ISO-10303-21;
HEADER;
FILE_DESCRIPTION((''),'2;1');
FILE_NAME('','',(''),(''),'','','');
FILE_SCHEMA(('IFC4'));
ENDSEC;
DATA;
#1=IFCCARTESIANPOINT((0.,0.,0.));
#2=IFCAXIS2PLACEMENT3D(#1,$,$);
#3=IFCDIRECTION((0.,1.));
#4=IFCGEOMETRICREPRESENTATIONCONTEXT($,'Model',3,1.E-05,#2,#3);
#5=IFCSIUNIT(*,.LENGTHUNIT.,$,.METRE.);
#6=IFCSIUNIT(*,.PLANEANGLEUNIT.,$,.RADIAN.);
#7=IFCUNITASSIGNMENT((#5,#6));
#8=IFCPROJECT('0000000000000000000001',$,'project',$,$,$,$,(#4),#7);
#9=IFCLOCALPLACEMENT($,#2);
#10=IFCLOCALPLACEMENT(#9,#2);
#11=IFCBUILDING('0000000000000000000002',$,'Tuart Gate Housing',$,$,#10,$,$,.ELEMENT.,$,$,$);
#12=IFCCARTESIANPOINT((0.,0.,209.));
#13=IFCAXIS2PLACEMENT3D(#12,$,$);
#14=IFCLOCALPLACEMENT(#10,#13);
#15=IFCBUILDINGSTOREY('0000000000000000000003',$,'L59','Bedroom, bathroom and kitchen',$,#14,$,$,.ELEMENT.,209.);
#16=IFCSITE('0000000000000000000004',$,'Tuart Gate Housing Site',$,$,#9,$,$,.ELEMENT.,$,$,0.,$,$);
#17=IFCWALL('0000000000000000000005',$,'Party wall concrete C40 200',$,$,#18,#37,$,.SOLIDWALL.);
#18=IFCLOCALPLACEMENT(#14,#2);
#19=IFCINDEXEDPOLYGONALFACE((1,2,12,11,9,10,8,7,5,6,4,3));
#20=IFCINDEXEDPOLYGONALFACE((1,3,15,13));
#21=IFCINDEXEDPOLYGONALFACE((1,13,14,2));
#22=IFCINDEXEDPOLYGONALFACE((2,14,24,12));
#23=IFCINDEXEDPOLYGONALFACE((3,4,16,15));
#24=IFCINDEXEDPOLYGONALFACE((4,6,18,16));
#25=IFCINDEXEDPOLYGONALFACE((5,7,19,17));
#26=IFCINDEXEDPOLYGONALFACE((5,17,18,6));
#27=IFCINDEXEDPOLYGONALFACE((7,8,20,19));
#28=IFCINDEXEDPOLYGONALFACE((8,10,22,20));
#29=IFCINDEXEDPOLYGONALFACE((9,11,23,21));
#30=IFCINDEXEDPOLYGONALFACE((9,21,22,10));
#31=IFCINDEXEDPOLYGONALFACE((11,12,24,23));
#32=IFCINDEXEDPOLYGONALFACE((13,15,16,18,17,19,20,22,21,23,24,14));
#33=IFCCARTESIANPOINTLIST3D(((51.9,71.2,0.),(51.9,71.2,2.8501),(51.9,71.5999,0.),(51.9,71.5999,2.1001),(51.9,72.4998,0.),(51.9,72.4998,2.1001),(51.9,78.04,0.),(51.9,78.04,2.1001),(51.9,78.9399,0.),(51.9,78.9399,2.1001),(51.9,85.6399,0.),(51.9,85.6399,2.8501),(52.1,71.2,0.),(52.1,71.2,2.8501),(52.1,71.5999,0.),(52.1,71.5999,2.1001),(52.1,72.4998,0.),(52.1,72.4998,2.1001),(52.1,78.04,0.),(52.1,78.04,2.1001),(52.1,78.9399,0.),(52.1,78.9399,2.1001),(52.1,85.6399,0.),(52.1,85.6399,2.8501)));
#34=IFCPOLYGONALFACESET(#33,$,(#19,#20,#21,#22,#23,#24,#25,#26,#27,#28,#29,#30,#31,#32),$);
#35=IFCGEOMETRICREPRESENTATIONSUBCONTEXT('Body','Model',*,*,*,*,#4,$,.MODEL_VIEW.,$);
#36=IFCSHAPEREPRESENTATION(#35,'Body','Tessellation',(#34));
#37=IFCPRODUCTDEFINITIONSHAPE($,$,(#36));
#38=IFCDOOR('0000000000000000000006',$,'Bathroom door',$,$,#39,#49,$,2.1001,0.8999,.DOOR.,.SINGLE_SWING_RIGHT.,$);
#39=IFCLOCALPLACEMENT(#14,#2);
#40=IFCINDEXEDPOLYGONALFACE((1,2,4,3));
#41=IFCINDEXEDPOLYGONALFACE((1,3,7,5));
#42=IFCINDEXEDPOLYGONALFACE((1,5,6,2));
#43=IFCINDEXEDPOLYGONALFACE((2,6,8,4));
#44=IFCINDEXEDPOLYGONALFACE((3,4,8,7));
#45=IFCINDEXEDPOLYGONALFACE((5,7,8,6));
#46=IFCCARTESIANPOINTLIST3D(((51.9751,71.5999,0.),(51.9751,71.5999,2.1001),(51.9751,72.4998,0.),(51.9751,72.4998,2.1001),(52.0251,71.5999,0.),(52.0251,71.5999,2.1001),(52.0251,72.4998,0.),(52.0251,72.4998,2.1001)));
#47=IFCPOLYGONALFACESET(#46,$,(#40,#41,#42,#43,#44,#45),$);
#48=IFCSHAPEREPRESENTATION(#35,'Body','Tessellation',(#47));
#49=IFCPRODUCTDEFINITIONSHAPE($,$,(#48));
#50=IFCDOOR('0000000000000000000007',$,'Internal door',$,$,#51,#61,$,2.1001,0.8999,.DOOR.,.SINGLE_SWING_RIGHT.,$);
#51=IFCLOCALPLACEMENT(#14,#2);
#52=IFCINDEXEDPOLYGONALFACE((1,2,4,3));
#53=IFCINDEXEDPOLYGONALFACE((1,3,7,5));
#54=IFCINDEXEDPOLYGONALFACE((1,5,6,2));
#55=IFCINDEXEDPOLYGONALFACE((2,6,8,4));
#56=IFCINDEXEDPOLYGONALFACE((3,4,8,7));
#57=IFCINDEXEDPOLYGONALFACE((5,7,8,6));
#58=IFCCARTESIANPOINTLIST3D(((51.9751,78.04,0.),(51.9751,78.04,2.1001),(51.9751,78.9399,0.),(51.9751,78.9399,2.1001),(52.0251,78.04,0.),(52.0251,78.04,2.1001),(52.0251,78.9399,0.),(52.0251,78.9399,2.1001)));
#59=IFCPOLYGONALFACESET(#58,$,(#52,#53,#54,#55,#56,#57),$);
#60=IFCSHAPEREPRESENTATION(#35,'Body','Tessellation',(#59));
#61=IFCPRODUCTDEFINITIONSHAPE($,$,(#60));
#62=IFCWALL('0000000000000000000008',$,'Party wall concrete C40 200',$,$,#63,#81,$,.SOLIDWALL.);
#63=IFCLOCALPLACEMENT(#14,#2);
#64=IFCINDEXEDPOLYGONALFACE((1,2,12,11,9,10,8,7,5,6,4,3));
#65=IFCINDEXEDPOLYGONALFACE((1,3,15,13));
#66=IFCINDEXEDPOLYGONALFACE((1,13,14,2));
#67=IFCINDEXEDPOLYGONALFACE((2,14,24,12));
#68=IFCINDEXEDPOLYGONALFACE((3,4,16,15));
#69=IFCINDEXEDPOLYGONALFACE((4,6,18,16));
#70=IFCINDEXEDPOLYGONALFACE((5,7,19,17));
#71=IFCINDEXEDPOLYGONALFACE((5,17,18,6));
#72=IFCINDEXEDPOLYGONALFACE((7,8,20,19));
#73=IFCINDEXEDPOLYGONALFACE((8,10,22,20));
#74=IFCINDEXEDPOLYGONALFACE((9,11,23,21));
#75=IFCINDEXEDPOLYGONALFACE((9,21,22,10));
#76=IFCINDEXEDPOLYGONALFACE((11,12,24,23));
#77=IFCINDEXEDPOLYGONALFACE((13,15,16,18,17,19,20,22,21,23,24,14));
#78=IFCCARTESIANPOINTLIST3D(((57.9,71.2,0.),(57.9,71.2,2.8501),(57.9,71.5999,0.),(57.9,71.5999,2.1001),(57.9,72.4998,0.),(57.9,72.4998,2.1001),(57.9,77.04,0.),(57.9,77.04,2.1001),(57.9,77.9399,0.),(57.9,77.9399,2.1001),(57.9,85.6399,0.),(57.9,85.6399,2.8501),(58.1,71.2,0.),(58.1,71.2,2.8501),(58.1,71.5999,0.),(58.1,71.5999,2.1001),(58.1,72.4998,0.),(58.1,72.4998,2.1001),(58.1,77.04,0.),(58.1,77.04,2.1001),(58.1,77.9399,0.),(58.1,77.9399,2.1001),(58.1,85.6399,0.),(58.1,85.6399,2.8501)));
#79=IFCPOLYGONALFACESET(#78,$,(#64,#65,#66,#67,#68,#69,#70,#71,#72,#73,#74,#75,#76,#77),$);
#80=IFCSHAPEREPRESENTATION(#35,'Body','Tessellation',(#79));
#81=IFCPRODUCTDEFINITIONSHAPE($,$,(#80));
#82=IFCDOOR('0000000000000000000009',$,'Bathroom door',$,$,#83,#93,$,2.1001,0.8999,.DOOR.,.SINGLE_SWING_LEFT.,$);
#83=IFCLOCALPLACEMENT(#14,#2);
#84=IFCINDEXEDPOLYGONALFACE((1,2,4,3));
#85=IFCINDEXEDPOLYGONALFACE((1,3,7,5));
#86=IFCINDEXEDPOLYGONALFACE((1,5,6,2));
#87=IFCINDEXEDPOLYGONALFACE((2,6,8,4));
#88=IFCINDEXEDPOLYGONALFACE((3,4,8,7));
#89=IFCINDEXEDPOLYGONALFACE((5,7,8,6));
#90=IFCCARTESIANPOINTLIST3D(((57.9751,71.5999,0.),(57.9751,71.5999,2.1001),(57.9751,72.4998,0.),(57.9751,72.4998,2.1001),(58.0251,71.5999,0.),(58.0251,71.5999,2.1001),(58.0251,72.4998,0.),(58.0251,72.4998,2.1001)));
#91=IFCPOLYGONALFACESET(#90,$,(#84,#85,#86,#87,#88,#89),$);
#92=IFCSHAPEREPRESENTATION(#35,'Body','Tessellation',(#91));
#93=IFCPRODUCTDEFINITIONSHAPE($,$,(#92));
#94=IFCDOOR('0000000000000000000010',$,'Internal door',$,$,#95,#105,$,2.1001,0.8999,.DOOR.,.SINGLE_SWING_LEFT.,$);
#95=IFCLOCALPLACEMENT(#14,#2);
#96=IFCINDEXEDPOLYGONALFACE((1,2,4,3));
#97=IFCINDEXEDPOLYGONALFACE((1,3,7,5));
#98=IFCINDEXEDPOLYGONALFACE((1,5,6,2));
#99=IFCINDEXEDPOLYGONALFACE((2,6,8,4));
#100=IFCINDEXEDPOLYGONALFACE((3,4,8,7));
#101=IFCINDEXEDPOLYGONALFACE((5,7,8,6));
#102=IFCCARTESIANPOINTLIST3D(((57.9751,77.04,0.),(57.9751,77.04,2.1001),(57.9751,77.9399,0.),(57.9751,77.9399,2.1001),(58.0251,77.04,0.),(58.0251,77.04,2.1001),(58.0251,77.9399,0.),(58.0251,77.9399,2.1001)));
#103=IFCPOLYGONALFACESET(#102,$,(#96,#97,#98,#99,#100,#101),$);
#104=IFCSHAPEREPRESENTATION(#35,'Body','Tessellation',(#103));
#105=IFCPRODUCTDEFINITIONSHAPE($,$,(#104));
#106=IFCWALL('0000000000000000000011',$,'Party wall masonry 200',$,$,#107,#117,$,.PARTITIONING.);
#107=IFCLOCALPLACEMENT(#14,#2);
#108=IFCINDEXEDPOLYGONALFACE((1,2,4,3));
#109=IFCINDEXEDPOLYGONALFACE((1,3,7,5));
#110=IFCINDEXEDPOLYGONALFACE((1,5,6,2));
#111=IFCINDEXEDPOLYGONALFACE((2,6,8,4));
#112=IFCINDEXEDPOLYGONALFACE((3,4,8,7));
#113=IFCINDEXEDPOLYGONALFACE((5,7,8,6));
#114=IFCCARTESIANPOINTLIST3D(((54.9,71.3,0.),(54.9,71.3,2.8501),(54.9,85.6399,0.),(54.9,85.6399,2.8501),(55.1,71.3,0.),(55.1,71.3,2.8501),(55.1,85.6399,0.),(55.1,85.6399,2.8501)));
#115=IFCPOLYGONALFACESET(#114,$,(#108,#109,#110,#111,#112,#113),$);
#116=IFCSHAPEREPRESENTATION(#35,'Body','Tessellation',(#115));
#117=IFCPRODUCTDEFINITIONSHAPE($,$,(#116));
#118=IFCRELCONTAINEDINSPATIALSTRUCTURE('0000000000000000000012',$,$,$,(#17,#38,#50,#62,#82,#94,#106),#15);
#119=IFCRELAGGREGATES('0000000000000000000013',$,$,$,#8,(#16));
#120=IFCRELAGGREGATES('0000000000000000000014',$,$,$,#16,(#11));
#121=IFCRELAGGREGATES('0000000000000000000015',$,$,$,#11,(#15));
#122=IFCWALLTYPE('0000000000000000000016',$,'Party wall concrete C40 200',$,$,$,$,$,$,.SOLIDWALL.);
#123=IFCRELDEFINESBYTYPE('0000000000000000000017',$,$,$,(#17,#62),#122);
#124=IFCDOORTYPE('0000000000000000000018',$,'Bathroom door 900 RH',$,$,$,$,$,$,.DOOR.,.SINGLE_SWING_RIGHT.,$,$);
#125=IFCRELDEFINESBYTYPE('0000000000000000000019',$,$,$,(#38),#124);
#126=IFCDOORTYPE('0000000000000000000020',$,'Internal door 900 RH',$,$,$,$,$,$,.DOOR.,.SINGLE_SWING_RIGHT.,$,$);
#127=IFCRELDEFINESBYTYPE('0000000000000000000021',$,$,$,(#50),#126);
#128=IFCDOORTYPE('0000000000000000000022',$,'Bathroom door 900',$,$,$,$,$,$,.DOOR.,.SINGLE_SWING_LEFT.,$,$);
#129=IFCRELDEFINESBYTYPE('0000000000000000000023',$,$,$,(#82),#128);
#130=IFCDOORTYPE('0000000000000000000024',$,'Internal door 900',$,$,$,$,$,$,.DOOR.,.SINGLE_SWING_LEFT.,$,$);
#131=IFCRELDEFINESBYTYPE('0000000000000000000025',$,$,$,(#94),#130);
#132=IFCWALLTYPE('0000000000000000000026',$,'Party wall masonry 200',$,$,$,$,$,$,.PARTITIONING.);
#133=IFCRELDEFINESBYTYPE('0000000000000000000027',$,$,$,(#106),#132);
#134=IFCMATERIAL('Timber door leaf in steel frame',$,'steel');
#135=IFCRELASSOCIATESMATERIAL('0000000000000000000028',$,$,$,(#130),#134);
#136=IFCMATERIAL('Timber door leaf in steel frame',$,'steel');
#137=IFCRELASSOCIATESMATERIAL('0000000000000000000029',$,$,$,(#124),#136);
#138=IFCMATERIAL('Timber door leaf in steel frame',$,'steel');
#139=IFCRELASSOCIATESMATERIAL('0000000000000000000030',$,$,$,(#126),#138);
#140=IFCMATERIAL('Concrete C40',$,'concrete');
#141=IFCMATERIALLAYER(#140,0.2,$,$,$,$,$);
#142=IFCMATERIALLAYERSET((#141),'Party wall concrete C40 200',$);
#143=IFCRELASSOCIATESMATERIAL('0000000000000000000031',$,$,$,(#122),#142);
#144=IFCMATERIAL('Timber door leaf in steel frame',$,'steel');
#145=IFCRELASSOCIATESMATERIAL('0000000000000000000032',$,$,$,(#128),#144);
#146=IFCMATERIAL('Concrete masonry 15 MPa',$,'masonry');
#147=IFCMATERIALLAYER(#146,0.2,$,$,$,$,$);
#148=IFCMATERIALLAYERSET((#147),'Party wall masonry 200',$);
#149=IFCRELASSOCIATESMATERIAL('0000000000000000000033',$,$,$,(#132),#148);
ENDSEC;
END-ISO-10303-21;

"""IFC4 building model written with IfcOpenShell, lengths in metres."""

from ifc_helpers import new_model, si_unit, direction, frame, frame_2d, origin, place, context, subcontext, project, spatial, rectangle, extrude, material, layer, layer_set, type_object, element, fill, save


model = new_model("IFC4")

# Units and contexts
model_context = context("Model", 3, precision=1e-05, world=origin(), true_north=direction((0.0, 1.0)))
body_context = subcontext(model_context, "Body", "Model", "MODEL_VIEW")
ifc_project = project(units=[si_unit("LENGTHUNIT", "METRE"), si_unit("PLANEANGLEUNIT", "RADIAN")], contexts=[model_context])

# Site, building, storey
site_placement = place(None, origin())
site = spatial("IfcSite", under=ifc_project, at=site_placement, Name="Tuart Gate Housing Site", CompositionType="ELEMENT", RefElevation=0.0)
building_placement = place(site_placement, origin())
building = spatial("IfcBuilding", under=site, at=building_placement, Name="Tuart Gate Housing", CompositionType="ELEMENT")
storey_placement = place(building_placement, frame((0.0, 0.0, 209.0)))
storey = spatial("IfcBuildingStorey", under=building, at=storey_placement, Name="L59", Description="Bedroom, bathroom and kitchen", CompositionType="ELEMENT", Elevation=209.0)

# Shared definitions
ifc_material_1 = material(Name="Timber door leaf in steel frame", Category="steel")
door_type_1 = type_object("IfcDoorType", Name="Internal door 900", OperationType="SINGLE_SWING_LEFT", PredefinedType="DOOR", material=ifc_material_1)

# Walls, openings, doors
ifc_material_2 = material(Name="Timber door leaf in steel frame", Category="steel")
door_type_2 = type_object("IfcDoorType", Name="Bathroom door 900 RH", OperationType="SINGLE_SWING_RIGHT", PredefinedType="DOOR", material=ifc_material_2)
ifc_material_3 = material(Name="Timber door leaf in steel frame", Category="steel")
door_type_3 = type_object("IfcDoorType", Name="Internal door 900 RH", OperationType="SINGLE_SWING_RIGHT", PredefinedType="DOOR", material=ifc_material_3)
ifc_material_4 = material(Name="Concrete C40", Category="concrete")
ifc_layer_1 = layer(ifc_material_4, 0.2)
ifc_layer_set_1 = layer_set([ifc_layer_1], Name="Party wall concrete C40 200")
wall_type_1 = type_object("IfcWallType", Name="Party wall concrete C40 200", PredefinedType="SOLIDWALL", material=ifc_layer_set_1)
wall_1_placement = place(storey_placement, frame((52.0, 71.2, 0.0), z_axis=(0.0, 0.0, 1.0), x_axis=(0.0, 1.0, 0.0)))
wall_1 = element("IfcWall", 1, at=wall_1_placement, inside=storey, type_object=wall_type_1, Name="Party wall concrete C40 200", PredefinedType="SOLIDWALL", context=body_context, shape_type="SweptSolid", body=[
    extrude(rectangle(XDim=14.4399, YDim=0.2, at=frame_2d((7.22, 0.0))), origin(), (0.0, 0.0, 1.0), 2.8501),
])
opening_1_placement = place(wall_1_placement, frame((6.8401, 0.0, 0.0)))
opening_1 = element("IfcOpeningElement", 2, at=opening_1_placement, cuts=wall_1, PredefinedType="OPENING", context=body_context, shape_type="SweptSolid", body=[
    extrude(rectangle(XDim=0.8999, YDim=2.1001, at=frame_2d((0.45, 1.05))), frame((0.0, 0.1099, 0.0), z_axis=(0.0, -1.0, 0.0), x_axis=(1.0, 0.0, 0.0)), (0.0, 0.0, 1.0), 0.22),
])
opening_2_placement = place(wall_1_placement, frame((0.3999, 0.0, 0.0)))
opening_2 = element("IfcOpeningElement", 3, at=opening_2_placement, cuts=wall_1, PredefinedType="OPENING", context=body_context, shape_type="SweptSolid", body=[
    extrude(rectangle(XDim=0.8999, YDim=2.1001, at=frame_2d((0.45, 1.05))), frame((0.0, 0.1099, 0.0), z_axis=(0.0, -1.0, 0.0), x_axis=(1.0, 0.0, 0.0)), (0.0, 0.0, 1.0), 0.22),
])
door_1_placement = place(opening_2_placement, frame((0.8999, 0.0, 0.0), z_axis=(0.0, 0.0, 1.0), x_axis=(-1.0, 0.0, 0.0)))
door_1 = element("IfcDoor", 4, at=door_1_placement, inside=storey, type_object=door_type_2, Name="Bathroom door", OperationType="SINGLE_SWING_RIGHT", OverallHeight=2.1001, OverallWidth=0.8999, PredefinedType="DOOR", context=body_context, shape_type="SweptSolid", body=[
    extrude(rectangle(XDim=0.8999, YDim=2.1001, at=frame_2d((0.45, 1.05))), frame((0.0, 0.0251, 0.0), z_axis=(0.0, -1.0, 0.0), x_axis=(1.0, 0.0, 0.0)), (0.0, 0.0, 1.0), 0.05),
])
fill(opening_2, door_1)
door_2_placement = place(opening_1_placement, frame((0.8999, 0.0, 0.0), z_axis=(0.0, 0.0, 1.0), x_axis=(-1.0, 0.0, 0.0)))
door_2 = element("IfcDoor", 5, at=door_2_placement, inside=storey, type_object=door_type_3, Name="Internal door", OperationType="SINGLE_SWING_RIGHT", OverallHeight=2.1001, OverallWidth=0.8999, PredefinedType="DOOR", context=body_context, shape_type="SweptSolid", body=[
    extrude(rectangle(XDim=0.8999, YDim=2.1001, at=frame_2d((0.45, 1.05))), frame((0.0, 0.0251, 0.0), z_axis=(0.0, -1.0, 0.0), x_axis=(1.0, 0.0, 0.0)), (0.0, 0.0, 1.0), 0.05),
])
fill(opening_1, door_2)
wall_2_placement = place(storey_placement, frame((58.0, 71.2, 0.0), z_axis=(0.0, 0.0, 1.0), x_axis=(0.0, 1.0, 0.0)))
wall_2 = element("IfcWall", 6, at=wall_2_placement, inside=storey, type_object=wall_type_1, Name="Party wall concrete C40 200", PredefinedType="SOLIDWALL", context=body_context, shape_type="SweptSolid", body=[
    extrude(rectangle(XDim=14.4399, YDim=0.2, at=frame_2d((7.22, 0.0))), origin(), (0.0, 0.0, 1.0), 2.8501),
])
opening_3_placement = place(wall_2_placement, frame((5.8401, 0.0, 0.0)))
opening_3 = element("IfcOpeningElement", 7, at=opening_3_placement, cuts=wall_2, PredefinedType="OPENING", context=body_context, shape_type="SweptSolid", body=[
    extrude(rectangle(XDim=0.8999, YDim=2.1001, at=frame_2d((0.45, 1.05))), frame((0.0, 0.1099, 0.0), z_axis=(0.0, -1.0, 0.0), x_axis=(1.0, 0.0, 0.0)), (0.0, 0.0, 1.0), 0.22),
])
opening_4_placement = place(wall_2_placement, frame((0.3999, 0.0, 0.0)))
opening_4 = element("IfcOpeningElement", 8, at=opening_4_placement, cuts=wall_2, PredefinedType="OPENING", context=body_context, shape_type="SweptSolid", body=[
    extrude(rectangle(XDim=0.8999, YDim=2.1001, at=frame_2d((0.45, 1.05))), frame((0.0, 0.1099, 0.0), z_axis=(0.0, -1.0, 0.0), x_axis=(1.0, 0.0, 0.0)), (0.0, 0.0, 1.0), 0.22),
])
ifc_material_5 = material(Name="Timber door leaf in steel frame", Category="steel")
door_type_4 = type_object("IfcDoorType", Name="Bathroom door 900", OperationType="SINGLE_SWING_LEFT", PredefinedType="DOOR", material=ifc_material_5)
door_3_placement = place(opening_4_placement, origin())
door_3 = element("IfcDoor", 9, at=door_3_placement, inside=storey, type_object=door_type_4, Name="Bathroom door", OperationType="SINGLE_SWING_LEFT", OverallHeight=2.1001, OverallWidth=0.8999, PredefinedType="DOOR", context=body_context, shape_type="SweptSolid", body=[
    extrude(rectangle(XDim=0.8999, YDim=2.1001, at=frame_2d((0.45, 1.05))), frame((0.0, 0.0249, 0.0), z_axis=(0.0, -1.0, 0.0), x_axis=(1.0, 0.0, 0.0)), (0.0, 0.0, 1.0), 0.05),
])
fill(opening_4, door_3)
door_4_placement = place(opening_3_placement, origin())
door_4 = element("IfcDoor", 10, at=door_4_placement, inside=storey, type_object=door_type_1, Name="Internal door", OperationType="SINGLE_SWING_LEFT", OverallHeight=2.1001, OverallWidth=0.8999, PredefinedType="DOOR", context=body_context, shape_type="SweptSolid", body=[
    extrude(rectangle(XDim=0.8999, YDim=2.1001, at=frame_2d((0.45, 1.05))), frame((0.0, 0.0249, 0.0), z_axis=(0.0, -1.0, 0.0), x_axis=(1.0, 0.0, 0.0)), (0.0, 0.0, 1.0), 0.05),
])
fill(opening_3, door_4)

# Wall
ifc_material_6 = material(Name="Concrete masonry 15 MPa", Category="masonry")
ifc_layer_2 = layer(ifc_material_6, 0.2)
ifc_layer_set_2 = layer_set([ifc_layer_2], Name="Party wall masonry 200")
wall_type_2 = type_object("IfcWallType", Name="Party wall masonry 200", PredefinedType="PARTITIONING", material=ifc_layer_set_2)
wall_3_placement = place(storey_placement, frame((55.0, 71.3, 0.0), z_axis=(0.0, 0.0, 1.0), x_axis=(0.0, 1.0, 0.0)))
element("IfcWall", 11, at=wall_3_placement, inside=storey, type_object=wall_type_2, Name="Party wall masonry 200", PredefinedType="PARTITIONING", context=body_context, shape_type="SweptSolid", body=[
    extrude(rectangle(XDim=14.3398, YDim=0.2, at=frame_2d((7.1699, 0.0))), origin(), (0.0, 0.0, 1.0), 2.8501),
])

save(model, "model.ifc")
